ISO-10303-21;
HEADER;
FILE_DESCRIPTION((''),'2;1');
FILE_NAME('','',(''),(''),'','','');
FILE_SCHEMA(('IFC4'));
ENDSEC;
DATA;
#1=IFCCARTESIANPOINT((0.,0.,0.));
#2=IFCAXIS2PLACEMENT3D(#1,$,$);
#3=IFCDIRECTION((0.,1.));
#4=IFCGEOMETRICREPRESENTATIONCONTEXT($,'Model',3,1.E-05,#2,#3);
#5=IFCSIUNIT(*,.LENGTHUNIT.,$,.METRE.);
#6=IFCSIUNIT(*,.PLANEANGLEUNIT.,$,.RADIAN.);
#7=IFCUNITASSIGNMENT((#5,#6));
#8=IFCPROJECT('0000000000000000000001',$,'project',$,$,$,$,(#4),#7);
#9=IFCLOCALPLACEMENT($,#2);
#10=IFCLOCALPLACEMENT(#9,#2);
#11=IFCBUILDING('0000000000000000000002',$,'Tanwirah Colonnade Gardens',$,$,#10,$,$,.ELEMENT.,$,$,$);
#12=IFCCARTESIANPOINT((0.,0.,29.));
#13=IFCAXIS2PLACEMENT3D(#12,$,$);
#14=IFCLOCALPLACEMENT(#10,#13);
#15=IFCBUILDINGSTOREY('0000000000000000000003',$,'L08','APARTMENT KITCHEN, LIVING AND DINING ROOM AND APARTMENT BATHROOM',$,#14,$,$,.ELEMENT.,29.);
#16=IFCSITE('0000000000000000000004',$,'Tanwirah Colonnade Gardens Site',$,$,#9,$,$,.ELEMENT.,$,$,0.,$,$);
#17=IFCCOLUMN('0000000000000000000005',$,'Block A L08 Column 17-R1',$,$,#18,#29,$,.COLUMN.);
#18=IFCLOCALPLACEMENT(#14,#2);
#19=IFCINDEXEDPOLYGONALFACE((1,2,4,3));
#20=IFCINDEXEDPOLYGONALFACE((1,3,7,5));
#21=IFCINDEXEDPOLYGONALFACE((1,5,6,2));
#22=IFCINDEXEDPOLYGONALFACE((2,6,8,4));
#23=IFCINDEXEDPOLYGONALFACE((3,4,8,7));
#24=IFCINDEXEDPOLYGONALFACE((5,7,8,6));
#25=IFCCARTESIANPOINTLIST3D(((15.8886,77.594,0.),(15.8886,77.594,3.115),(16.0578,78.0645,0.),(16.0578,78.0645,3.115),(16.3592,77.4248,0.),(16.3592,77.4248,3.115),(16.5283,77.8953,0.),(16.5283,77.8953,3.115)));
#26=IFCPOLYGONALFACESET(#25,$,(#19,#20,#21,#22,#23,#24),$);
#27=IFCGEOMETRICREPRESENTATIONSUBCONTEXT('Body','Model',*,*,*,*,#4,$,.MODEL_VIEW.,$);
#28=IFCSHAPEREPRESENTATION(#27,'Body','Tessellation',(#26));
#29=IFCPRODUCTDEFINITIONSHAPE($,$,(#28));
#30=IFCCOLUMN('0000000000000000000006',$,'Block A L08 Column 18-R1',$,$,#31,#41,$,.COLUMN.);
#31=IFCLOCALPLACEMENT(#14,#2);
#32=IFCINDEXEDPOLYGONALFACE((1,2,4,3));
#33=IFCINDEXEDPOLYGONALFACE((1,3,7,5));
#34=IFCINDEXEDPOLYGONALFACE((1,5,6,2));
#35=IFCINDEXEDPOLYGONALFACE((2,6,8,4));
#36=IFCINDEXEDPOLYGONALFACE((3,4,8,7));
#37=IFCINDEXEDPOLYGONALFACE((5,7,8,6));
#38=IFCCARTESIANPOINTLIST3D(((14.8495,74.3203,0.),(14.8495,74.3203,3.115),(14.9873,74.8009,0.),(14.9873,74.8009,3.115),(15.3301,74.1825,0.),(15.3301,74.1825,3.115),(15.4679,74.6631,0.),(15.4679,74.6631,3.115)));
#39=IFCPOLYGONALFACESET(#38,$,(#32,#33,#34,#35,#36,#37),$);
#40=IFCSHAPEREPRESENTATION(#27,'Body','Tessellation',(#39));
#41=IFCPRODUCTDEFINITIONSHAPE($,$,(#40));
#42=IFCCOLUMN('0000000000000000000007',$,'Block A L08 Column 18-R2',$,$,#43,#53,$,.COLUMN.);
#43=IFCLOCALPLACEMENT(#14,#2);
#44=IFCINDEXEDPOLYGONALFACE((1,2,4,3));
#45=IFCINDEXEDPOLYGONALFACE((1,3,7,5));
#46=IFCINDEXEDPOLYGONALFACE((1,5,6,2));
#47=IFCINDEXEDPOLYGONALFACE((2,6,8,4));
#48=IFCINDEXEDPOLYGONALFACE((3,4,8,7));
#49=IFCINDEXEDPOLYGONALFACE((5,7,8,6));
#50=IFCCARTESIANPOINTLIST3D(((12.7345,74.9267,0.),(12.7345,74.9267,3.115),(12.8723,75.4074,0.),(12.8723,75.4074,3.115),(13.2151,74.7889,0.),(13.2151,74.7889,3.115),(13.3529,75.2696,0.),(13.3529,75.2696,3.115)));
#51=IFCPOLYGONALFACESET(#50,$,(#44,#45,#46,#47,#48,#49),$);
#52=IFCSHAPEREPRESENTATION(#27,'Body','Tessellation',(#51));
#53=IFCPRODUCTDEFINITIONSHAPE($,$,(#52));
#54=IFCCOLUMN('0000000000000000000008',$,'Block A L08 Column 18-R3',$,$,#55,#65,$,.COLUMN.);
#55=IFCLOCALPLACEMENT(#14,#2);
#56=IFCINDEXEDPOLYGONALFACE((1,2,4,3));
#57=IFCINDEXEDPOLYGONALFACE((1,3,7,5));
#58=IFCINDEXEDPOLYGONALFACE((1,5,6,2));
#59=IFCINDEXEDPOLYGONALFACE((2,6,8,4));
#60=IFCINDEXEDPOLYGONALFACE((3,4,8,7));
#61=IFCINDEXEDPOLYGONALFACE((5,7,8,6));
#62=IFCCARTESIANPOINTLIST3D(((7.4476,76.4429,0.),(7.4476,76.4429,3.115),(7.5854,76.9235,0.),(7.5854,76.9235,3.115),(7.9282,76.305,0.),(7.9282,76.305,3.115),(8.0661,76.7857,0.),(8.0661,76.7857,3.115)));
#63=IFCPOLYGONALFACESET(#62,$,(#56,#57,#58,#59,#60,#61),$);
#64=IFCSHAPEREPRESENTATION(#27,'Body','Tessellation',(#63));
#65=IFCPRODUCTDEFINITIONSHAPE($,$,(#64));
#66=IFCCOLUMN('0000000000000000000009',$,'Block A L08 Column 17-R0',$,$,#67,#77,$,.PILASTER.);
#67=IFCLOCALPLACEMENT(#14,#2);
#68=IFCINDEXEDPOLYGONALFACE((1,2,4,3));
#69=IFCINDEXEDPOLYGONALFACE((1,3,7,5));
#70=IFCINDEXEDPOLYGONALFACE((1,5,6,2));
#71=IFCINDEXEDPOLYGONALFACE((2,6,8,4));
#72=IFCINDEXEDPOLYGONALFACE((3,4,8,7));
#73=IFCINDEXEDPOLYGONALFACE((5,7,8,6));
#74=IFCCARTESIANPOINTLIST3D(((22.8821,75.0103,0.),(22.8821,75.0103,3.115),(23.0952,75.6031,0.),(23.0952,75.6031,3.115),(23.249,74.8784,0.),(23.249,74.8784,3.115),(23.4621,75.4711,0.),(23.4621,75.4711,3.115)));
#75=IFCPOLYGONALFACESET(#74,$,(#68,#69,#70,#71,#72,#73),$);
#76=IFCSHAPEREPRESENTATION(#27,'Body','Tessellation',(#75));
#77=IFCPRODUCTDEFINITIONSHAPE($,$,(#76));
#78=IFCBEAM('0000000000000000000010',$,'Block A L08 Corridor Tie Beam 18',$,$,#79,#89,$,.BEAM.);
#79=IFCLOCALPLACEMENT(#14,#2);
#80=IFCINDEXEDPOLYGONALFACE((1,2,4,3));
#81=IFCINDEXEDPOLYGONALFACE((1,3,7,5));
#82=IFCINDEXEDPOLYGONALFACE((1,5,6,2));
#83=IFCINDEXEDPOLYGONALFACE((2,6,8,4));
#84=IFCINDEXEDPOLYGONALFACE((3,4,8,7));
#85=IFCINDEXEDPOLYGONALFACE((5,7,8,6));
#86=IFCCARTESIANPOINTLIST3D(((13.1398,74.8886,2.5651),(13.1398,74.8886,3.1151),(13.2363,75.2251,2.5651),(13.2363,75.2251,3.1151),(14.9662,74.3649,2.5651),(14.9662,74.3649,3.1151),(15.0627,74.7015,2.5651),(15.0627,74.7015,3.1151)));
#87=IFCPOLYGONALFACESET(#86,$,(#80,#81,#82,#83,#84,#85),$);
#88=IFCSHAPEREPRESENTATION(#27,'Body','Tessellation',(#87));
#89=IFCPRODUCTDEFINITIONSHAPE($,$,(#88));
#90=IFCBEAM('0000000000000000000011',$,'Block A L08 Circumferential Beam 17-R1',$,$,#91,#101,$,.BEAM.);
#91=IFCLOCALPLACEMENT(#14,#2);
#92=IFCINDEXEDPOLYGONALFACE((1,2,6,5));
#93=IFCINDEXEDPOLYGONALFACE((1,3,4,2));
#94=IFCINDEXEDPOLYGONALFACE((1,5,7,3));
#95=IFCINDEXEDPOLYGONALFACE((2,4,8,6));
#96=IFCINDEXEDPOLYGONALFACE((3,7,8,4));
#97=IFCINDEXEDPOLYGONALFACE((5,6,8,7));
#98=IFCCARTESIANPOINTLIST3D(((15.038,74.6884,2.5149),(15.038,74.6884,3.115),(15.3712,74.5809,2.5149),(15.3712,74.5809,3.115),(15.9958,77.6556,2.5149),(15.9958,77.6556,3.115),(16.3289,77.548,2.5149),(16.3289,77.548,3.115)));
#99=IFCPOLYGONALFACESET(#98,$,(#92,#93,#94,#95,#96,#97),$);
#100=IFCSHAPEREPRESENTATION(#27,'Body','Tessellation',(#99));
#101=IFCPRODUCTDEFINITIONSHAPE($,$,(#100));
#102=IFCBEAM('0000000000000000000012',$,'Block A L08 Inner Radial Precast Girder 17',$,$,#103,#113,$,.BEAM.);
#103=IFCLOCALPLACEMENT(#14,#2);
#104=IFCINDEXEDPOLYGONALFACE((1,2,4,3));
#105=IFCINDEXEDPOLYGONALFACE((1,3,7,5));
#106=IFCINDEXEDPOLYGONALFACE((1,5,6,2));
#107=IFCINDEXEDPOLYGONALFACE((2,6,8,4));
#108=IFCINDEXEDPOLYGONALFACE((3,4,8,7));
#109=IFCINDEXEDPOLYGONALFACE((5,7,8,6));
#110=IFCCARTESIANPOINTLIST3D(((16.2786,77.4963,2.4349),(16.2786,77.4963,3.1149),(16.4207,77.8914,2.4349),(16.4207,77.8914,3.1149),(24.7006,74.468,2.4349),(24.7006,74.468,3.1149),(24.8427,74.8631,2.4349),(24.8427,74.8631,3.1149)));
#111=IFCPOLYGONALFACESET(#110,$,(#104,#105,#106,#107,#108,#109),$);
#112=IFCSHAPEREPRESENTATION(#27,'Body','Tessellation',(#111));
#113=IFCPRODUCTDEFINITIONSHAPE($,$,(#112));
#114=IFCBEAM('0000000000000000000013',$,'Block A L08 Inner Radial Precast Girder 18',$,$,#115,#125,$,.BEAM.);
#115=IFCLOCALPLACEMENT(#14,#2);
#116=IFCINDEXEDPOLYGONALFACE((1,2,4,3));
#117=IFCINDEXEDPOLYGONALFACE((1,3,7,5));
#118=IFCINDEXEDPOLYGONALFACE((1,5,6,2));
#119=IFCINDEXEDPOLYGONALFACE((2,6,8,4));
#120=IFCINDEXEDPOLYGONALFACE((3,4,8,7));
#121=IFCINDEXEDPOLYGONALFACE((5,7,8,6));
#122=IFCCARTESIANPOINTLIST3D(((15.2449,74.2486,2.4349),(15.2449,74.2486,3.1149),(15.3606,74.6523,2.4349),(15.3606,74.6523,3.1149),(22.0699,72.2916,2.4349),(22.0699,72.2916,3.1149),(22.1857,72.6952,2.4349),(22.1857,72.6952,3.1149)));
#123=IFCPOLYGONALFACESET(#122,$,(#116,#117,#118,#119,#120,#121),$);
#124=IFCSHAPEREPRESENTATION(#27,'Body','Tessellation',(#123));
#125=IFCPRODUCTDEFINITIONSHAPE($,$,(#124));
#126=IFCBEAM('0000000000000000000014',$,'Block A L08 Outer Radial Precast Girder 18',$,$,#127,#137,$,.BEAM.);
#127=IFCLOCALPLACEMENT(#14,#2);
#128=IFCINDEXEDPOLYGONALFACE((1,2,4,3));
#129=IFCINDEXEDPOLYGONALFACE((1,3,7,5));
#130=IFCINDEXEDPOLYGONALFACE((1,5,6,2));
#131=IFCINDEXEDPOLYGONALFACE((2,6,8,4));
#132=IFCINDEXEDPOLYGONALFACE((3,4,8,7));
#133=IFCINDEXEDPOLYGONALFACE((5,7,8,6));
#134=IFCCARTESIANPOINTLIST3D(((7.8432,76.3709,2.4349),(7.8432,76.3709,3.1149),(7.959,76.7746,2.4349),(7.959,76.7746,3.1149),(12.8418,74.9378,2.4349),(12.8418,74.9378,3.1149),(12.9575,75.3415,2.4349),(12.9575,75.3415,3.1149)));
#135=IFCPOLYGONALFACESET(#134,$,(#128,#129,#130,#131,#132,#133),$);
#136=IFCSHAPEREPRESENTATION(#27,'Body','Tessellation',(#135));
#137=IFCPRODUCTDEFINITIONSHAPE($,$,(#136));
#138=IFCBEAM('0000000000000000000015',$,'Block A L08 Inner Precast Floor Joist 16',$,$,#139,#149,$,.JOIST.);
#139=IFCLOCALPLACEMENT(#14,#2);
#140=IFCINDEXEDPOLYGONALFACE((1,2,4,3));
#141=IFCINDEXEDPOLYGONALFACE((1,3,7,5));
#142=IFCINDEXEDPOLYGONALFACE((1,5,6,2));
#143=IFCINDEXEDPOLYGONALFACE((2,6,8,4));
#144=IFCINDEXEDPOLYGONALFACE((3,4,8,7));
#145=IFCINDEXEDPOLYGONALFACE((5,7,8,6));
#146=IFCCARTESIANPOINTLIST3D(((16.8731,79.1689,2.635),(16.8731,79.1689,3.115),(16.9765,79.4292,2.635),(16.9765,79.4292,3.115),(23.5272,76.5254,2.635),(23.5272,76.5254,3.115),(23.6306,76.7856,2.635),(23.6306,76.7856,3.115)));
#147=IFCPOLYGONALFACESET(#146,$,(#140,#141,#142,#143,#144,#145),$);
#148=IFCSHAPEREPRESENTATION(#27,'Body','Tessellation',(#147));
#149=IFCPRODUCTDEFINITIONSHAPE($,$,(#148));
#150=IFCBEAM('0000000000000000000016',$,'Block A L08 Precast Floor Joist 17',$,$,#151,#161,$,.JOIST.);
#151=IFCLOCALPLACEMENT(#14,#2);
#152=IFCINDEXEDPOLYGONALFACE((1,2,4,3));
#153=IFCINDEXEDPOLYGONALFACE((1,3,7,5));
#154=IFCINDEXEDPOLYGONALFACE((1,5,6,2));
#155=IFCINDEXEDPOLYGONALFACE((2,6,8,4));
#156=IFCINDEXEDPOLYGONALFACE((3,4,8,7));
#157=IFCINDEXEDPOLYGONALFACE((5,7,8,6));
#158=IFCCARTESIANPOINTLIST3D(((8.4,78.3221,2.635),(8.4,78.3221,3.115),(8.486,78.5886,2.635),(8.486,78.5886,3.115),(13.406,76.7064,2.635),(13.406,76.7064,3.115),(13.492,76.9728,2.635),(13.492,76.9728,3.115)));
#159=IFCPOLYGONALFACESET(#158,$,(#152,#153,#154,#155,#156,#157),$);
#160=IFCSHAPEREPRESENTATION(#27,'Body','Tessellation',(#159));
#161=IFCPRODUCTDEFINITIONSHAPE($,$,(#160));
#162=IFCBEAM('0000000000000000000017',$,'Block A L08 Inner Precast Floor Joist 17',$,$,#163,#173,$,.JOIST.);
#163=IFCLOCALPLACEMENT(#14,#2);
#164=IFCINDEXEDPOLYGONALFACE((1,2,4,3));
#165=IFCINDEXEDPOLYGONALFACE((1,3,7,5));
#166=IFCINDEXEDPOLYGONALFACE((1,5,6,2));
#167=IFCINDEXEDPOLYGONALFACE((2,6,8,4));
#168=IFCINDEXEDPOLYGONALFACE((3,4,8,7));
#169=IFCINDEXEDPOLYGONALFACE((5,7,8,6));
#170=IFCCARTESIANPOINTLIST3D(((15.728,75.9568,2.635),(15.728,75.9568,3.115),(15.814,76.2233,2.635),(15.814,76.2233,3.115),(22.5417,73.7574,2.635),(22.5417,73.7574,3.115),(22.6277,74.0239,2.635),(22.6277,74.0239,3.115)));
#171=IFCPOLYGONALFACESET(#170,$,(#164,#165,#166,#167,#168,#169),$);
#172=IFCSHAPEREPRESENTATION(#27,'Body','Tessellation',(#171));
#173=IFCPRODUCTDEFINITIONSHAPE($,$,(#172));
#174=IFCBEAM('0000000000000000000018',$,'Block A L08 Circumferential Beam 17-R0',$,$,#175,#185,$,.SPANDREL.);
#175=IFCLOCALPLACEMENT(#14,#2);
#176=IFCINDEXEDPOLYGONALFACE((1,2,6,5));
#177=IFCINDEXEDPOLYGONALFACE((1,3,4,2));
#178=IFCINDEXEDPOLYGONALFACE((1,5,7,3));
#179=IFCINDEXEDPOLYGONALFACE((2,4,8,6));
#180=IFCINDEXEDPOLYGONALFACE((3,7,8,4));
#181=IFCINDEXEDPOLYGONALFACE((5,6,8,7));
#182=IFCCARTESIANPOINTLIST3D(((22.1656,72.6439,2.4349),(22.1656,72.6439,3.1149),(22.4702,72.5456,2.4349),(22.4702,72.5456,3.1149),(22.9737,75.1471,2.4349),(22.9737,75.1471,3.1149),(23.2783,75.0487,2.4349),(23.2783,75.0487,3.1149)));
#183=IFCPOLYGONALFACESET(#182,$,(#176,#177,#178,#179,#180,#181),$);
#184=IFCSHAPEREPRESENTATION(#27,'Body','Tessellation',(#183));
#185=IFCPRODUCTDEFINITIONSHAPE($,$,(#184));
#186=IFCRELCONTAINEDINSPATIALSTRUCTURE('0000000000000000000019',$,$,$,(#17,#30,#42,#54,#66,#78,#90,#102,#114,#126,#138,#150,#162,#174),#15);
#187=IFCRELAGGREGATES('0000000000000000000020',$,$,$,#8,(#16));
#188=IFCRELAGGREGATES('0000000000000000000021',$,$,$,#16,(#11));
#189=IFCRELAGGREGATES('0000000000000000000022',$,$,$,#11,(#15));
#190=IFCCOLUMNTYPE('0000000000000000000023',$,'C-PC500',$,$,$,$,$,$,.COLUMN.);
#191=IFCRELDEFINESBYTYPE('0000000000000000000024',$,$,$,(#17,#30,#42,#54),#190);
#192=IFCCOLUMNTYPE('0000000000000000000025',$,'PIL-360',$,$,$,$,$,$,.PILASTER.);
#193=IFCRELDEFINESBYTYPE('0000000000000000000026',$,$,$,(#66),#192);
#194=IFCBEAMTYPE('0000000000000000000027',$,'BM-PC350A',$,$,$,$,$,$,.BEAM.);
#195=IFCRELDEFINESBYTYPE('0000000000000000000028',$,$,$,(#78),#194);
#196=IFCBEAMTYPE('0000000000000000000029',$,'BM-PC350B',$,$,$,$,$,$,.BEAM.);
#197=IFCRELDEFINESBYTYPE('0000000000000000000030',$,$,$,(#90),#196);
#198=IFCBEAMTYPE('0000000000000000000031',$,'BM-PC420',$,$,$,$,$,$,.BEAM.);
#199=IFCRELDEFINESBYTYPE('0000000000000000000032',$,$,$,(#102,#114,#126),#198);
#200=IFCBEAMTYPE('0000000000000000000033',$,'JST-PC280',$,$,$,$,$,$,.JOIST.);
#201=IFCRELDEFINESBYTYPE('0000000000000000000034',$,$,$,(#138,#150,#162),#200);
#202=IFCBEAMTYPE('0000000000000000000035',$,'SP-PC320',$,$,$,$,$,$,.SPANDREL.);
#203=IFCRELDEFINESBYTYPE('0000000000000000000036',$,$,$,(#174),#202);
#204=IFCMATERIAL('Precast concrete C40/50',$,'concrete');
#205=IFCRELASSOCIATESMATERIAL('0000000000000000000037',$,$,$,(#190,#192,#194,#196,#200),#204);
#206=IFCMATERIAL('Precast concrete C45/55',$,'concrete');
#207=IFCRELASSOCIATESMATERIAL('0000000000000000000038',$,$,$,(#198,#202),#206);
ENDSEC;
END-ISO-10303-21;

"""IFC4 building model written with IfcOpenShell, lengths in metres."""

from ifc_helpers import new_model, si_unit, direction, frame, origin, origin_2d, place, context, subcontext, project, spatial, rectangle, extrude, material, material_profile, profile_set, type_object, element, save


model = new_model("IFC4")

# Units and contexts
model_context = context("Model", 3, precision=1e-05, world=origin(), true_north=direction((0.0, 1.0)))
body_context = subcontext(model_context, "Body", "Model", "MODEL_VIEW")
ifc_project = project(units=[si_unit("LENGTHUNIT", "METRE"), si_unit("PLANEANGLEUNIT", "RADIAN")], contexts=[model_context])

# Site, building, storey
site_placement = place(None, origin())
site = spatial("IfcSite", under=ifc_project, at=site_placement, Name="Tanwirah Colonnade Gardens Site", CompositionType="ELEMENT", RefElevation=0.0)
building_placement = place(site_placement, origin())
building = spatial("IfcBuilding", under=site, at=building_placement, Name="Tanwirah Colonnade Gardens", CompositionType="ELEMENT")
storey_placement = place(building_placement, frame((0.0, 0.0, 29.0)))
storey = spatial("IfcBuildingStorey", under=building, at=storey_placement, Name="L08", Description="APARTMENT KITCHEN, LIVING AND DINING ROOM AND APARTMENT BATHROOM", CompositionType="ELEMENT", Elevation=29.0)

# Columns
ifc_material_1 = material(Name="Precast concrete C40/50", Category="concrete")
ifc_material_profile_1 = material_profile(ifc_material_1, rectangle(XDim=0.5, YDim=0.5, at=origin_2d()), Name="PC-COL 500x500")
ifc_profile_set_1 = profile_set([ifc_material_profile_1], Name="Precast concrete C40/50")
column_type_1 = type_object("IfcColumnType", Name="C-PC500", PredefinedType="COLUMN", material=ifc_profile_set_1)
for number, where, z_axis, x_axis, name in (
    (1, (16.2085, 77.7446, 0.0), (0.0, 0.0, 1.0), (-0.941012, 0.338373, 0.0), "Block A L08 Column 17-R1"),
    (2, (15.1587, 74.4917, 0.0), (0.0, 0.0, 1.0), (-0.961262, 0.275637, 0.0), "Block A L08 Column 18-R1"),
    (3, (13.0437, 75.0981, 0.0), (0.0, 0.0, 1.0), (-0.961262, 0.275637, 0.0), "Block A L08 Column 18-R2"),
    (4, (7.7568, 76.6143, 0.0), (0.0, 0.0, 1.0), (-0.961262, 0.275637, 0.0), "Block A L08 Column 18-R3"),
):
    element("IfcColumn", number, at=place(storey_placement, frame(where, z_axis=z_axis, x_axis=x_axis)), inside=storey, type_object=column_type_1, Name=name, PredefinedType="COLUMN", context=body_context, shape_type="SweptSolid", body=[
        extrude(rectangle(XDim=0.5, YDim=0.5, at=origin_2d()), origin(), (0.0, 0.0, 1.0), 3.115),
    ])
ifc_material_profile_2 = material_profile(ifc_material_1, rectangle(XDim=0.3899, YDim=0.6299, at=origin_2d()), Name="PC-PIL 390x630")
ifc_profile_set_2 = profile_set([ifc_material_profile_2], Name="Precast concrete C40/50")
column_type_2 = type_object("IfcColumnType", Name="PIL-360", PredefinedType="PILASTER", material=ifc_profile_set_2)
column_placement = place(storey_placement, frame((23.1721, 75.2407, 0.0), z_axis=(0.0, 0.0, 1.0), x_axis=(-0.941012, 0.338373, 0.0)))
element("IfcColumn", 5, at=column_placement, inside=storey, type_object=column_type_2, Name="Block A L08 Column 17-R0", PredefinedType="PILASTER", context=body_context, shape_type="SweptSolid", body=[
    extrude(rectangle(XDim=0.3899, YDim=0.6299, at=origin_2d()), origin(), (0.0, 0.0, 1.0), 3.115),
])

# Beams
ifc_material_profile_3 = material_profile(ifc_material_1, rectangle(XDim=0.3501, YDim=0.55, at=origin_2d()), Name="PC-BM 350x550")
ifc_profile_set_3 = profile_set([ifc_material_profile_3], Name="Precast concrete C40/50")
beam_type_1 = type_object("IfcBeamType", Name="BM-PC350A", PredefinedType="BEAM", material=ifc_profile_set_3)
beam_1_placement = place(storey_placement, frame((15.0144, 74.5332, 2.8401), z_axis=(-0.961267, 0.27562, 0.0), x_axis=(-0.27562, -0.961267, 0.0)))
element("IfcBeam", 6, at=beam_1_placement, inside=storey, type_object=beam_type_1, Name="Block A L08 Corridor Tie Beam 18", PredefinedType="BEAM", context=body_context, shape_type="SweptSolid", body=[
    extrude(rectangle(XDim=0.3501, YDim=0.55, at=origin_2d()), origin(), (0.0, 0.0, 1.0), 1.8999),
])
ifc_material_profile_4 = material_profile(ifc_material_1, rectangle(XDim=0.3501, YDim=0.6001, at=origin_2d()), Name="PC-BM 350x600")
ifc_profile_set_4 = profile_set([ifc_material_profile_4], Name="Precast concrete C40/50")
beam_type_2 = type_object("IfcBeamType", Name="BM-PC350B", PredefinedType="BEAM", material=ifc_profile_set_4)
beam_2_placement = place(storey_placement, frame((16.1624, 77.6018, 2.8149), z_axis=(-0.30717, -0.951655, 0.0), x_axis=(0.951655, -0.30717, 0.0)))
element("IfcBeam", 7, at=beam_2_placement, inside=storey, type_object=beam_type_2, Name="Block A L08 Circumferential Beam 17-R1", PredefinedType="BEAM", context=body_context, shape_type="SweptSolid", body=[
    extrude(rectangle(XDim=0.3501, YDim=0.6001, at=origin_2d()), origin(), (0.0, 0.0, 1.0), 3.1179),
])
ifc_material_2 = material(Name="Precast concrete C45/55", Category="concrete")
ifc_material_profile_5 = material_profile(ifc_material_2, rectangle(XDim=0.4199, YDim=0.6799, at=origin_2d()), Name="PC-BM 420x680")
ifc_profile_set_5 = profile_set([ifc_material_profile_5], Name="Precast concrete C45/55")
beam_type_3 = type_object("IfcBeamType", Name="BM-PC420", PredefinedType="BEAM", material=ifc_profile_set_5)
beam_3_placement = place(storey_placement, frame((16.3496, 77.6938, 2.7749), z_axis=(0.941017, -0.338359, 0.0), x_axis=(0.338359, 0.941017, 0.0)))
element("IfcBeam", 8, at=beam_3_placement, inside=storey, type_object=beam_type_3, Name="Block A L08 Inner Radial Precast Girder 17", PredefinedType="BEAM", context=body_context, shape_type="SweptSolid", body=[
    extrude(rectangle(XDim=0.4199, YDim=0.6799, at=origin_2d()), origin(), (0.0, 0.0, 1.0), 8.95),
])
beam_4_placement = place(storey_placement, frame((15.3027, 74.4504, 2.7749), z_axis=(0.961261, -0.275638, 0.0), x_axis=(0.275638, 0.961261, 0.0)))
element("IfcBeam", 9, at=beam_4_placement, inside=storey, type_object=beam_type_3, Name="Block A L08 Inner Radial Precast Girder 18", PredefinedType="BEAM", context=body_context, shape_type="SweptSolid", body=[
    extrude(rectangle(XDim=0.4199, YDim=0.6799, at=origin_2d()), origin(), (0.0, 0.0, 1.0), 7.1001),
])
beam_5_placement = place(storey_placement, frame((12.8997, 75.1396, 2.7749), z_axis=(-0.961272, 0.275602, 0.0), x_axis=(-0.275602, -0.961272, 0.0)))
element("IfcBeam", 10, at=beam_5_placement, inside=storey, type_object=beam_type_3, Name="Block A L08 Outer Radial Precast Girder 18", PredefinedType="BEAM", context=body_context, shape_type="SweptSolid", body=[
    extrude(rectangle(XDim=0.4199, YDim=0.6799, at=origin_2d()), origin(), (0.0, 0.0, 1.0), 5.2),
])
ifc_material_profile_6 = material_profile(ifc_material_1, rectangle(XDim=0.28, YDim=0.48, at=origin_2d()), Name="PC-JST 280x480")
ifc_profile_set_6 = profile_set([ifc_material_profile_6], Name="Precast concrete C40/50")
beam_type_4 = type_object("IfcBeamType", Name="JST-PC280", PredefinedType="JOIST", material=ifc_profile_set_6)
beam_6_placement = place(storey_placement, frame((23.5789, 76.6555, 2.875), z_axis=(-0.929344, 0.369214, 0.0), x_axis=(-0.369214, -0.929344, 0.0)))
element("IfcBeam", 11, at=beam_6_placement, inside=storey, type_object=beam_type_4, Name="Block A L08 Inner Precast Floor Joist 16", PredefinedType="JOIST", context=body_context, shape_type="SweptSolid", body=[
    extrude(rectangle(XDim=0.28, YDim=0.48, at=origin_2d()), origin(), (0.0, 0.0, 1.0), 7.1599),
])
beam_7_placement = place(storey_placement, frame((13.449, 76.8396, 2.875), z_axis=(-0.951657, 0.307163, 0.0), x_axis=(-0.307163, -0.951657, 0.0)))
element("IfcBeam", 12, at=beam_7_placement, inside=storey, type_object=beam_type_4, Name="Block A L08 Precast Floor Joist 17", PredefinedType="JOIST", context=body_context, shape_type="SweptSolid", body=[
    extrude(rectangle(XDim=0.28, YDim=0.48, at=origin_2d()), origin(), (0.0, 0.0, 1.0), 5.2603),
])
beam_8_placement = place(storey_placement, frame((22.5847, 73.8906, 2.875), z_axis=(-0.951648, 0.307191, 0.0), x_axis=(-0.307191, -0.951648, 0.0)))
element("IfcBeam", 13, at=beam_8_placement, inside=storey, type_object=beam_type_4, Name="Block A L08 Inner Precast Floor Joist 17", PredefinedType="JOIST", context=body_context, shape_type="SweptSolid", body=[
    extrude(rectangle(XDim=0.28, YDim=0.48, at=origin_2d()), origin(), (0.0, 0.0, 1.0), 7.1599),
])
ifc_material_profile_7 = material_profile(ifc_material_2, rectangle(XDim=0.3201, YDim=0.6799, at=origin_2d()), Name="PC-SP 320x680")
ifc_profile_set_7 = profile_set([ifc_material_profile_7], Name="Precast concrete C45/55")
beam_type_5 = type_object("IfcBeamType", Name="SP-PC320", PredefinedType="SPANDREL", material=ifc_profile_set_7)
beam_9_placement = place(storey_placement, frame((23.126, 75.0979, 2.7749), z_axis=(-0.30722, -0.951639, 0.0), x_axis=(0.951639, -0.30722, 0.0)))
element("IfcBeam", 14, at=beam_9_placement, inside=storey, type_object=beam_type_5, Name="Block A L08 Circumferential Beam 17-R0", PredefinedType="SPANDREL", context=body_context, shape_type="SweptSolid", body=[
    extrude(rectangle(XDim=0.3201, YDim=0.6799, at=origin_2d()), origin(), (0.0, 0.0, 1.0), 2.6304),
])

save(model, "model.ifc")
